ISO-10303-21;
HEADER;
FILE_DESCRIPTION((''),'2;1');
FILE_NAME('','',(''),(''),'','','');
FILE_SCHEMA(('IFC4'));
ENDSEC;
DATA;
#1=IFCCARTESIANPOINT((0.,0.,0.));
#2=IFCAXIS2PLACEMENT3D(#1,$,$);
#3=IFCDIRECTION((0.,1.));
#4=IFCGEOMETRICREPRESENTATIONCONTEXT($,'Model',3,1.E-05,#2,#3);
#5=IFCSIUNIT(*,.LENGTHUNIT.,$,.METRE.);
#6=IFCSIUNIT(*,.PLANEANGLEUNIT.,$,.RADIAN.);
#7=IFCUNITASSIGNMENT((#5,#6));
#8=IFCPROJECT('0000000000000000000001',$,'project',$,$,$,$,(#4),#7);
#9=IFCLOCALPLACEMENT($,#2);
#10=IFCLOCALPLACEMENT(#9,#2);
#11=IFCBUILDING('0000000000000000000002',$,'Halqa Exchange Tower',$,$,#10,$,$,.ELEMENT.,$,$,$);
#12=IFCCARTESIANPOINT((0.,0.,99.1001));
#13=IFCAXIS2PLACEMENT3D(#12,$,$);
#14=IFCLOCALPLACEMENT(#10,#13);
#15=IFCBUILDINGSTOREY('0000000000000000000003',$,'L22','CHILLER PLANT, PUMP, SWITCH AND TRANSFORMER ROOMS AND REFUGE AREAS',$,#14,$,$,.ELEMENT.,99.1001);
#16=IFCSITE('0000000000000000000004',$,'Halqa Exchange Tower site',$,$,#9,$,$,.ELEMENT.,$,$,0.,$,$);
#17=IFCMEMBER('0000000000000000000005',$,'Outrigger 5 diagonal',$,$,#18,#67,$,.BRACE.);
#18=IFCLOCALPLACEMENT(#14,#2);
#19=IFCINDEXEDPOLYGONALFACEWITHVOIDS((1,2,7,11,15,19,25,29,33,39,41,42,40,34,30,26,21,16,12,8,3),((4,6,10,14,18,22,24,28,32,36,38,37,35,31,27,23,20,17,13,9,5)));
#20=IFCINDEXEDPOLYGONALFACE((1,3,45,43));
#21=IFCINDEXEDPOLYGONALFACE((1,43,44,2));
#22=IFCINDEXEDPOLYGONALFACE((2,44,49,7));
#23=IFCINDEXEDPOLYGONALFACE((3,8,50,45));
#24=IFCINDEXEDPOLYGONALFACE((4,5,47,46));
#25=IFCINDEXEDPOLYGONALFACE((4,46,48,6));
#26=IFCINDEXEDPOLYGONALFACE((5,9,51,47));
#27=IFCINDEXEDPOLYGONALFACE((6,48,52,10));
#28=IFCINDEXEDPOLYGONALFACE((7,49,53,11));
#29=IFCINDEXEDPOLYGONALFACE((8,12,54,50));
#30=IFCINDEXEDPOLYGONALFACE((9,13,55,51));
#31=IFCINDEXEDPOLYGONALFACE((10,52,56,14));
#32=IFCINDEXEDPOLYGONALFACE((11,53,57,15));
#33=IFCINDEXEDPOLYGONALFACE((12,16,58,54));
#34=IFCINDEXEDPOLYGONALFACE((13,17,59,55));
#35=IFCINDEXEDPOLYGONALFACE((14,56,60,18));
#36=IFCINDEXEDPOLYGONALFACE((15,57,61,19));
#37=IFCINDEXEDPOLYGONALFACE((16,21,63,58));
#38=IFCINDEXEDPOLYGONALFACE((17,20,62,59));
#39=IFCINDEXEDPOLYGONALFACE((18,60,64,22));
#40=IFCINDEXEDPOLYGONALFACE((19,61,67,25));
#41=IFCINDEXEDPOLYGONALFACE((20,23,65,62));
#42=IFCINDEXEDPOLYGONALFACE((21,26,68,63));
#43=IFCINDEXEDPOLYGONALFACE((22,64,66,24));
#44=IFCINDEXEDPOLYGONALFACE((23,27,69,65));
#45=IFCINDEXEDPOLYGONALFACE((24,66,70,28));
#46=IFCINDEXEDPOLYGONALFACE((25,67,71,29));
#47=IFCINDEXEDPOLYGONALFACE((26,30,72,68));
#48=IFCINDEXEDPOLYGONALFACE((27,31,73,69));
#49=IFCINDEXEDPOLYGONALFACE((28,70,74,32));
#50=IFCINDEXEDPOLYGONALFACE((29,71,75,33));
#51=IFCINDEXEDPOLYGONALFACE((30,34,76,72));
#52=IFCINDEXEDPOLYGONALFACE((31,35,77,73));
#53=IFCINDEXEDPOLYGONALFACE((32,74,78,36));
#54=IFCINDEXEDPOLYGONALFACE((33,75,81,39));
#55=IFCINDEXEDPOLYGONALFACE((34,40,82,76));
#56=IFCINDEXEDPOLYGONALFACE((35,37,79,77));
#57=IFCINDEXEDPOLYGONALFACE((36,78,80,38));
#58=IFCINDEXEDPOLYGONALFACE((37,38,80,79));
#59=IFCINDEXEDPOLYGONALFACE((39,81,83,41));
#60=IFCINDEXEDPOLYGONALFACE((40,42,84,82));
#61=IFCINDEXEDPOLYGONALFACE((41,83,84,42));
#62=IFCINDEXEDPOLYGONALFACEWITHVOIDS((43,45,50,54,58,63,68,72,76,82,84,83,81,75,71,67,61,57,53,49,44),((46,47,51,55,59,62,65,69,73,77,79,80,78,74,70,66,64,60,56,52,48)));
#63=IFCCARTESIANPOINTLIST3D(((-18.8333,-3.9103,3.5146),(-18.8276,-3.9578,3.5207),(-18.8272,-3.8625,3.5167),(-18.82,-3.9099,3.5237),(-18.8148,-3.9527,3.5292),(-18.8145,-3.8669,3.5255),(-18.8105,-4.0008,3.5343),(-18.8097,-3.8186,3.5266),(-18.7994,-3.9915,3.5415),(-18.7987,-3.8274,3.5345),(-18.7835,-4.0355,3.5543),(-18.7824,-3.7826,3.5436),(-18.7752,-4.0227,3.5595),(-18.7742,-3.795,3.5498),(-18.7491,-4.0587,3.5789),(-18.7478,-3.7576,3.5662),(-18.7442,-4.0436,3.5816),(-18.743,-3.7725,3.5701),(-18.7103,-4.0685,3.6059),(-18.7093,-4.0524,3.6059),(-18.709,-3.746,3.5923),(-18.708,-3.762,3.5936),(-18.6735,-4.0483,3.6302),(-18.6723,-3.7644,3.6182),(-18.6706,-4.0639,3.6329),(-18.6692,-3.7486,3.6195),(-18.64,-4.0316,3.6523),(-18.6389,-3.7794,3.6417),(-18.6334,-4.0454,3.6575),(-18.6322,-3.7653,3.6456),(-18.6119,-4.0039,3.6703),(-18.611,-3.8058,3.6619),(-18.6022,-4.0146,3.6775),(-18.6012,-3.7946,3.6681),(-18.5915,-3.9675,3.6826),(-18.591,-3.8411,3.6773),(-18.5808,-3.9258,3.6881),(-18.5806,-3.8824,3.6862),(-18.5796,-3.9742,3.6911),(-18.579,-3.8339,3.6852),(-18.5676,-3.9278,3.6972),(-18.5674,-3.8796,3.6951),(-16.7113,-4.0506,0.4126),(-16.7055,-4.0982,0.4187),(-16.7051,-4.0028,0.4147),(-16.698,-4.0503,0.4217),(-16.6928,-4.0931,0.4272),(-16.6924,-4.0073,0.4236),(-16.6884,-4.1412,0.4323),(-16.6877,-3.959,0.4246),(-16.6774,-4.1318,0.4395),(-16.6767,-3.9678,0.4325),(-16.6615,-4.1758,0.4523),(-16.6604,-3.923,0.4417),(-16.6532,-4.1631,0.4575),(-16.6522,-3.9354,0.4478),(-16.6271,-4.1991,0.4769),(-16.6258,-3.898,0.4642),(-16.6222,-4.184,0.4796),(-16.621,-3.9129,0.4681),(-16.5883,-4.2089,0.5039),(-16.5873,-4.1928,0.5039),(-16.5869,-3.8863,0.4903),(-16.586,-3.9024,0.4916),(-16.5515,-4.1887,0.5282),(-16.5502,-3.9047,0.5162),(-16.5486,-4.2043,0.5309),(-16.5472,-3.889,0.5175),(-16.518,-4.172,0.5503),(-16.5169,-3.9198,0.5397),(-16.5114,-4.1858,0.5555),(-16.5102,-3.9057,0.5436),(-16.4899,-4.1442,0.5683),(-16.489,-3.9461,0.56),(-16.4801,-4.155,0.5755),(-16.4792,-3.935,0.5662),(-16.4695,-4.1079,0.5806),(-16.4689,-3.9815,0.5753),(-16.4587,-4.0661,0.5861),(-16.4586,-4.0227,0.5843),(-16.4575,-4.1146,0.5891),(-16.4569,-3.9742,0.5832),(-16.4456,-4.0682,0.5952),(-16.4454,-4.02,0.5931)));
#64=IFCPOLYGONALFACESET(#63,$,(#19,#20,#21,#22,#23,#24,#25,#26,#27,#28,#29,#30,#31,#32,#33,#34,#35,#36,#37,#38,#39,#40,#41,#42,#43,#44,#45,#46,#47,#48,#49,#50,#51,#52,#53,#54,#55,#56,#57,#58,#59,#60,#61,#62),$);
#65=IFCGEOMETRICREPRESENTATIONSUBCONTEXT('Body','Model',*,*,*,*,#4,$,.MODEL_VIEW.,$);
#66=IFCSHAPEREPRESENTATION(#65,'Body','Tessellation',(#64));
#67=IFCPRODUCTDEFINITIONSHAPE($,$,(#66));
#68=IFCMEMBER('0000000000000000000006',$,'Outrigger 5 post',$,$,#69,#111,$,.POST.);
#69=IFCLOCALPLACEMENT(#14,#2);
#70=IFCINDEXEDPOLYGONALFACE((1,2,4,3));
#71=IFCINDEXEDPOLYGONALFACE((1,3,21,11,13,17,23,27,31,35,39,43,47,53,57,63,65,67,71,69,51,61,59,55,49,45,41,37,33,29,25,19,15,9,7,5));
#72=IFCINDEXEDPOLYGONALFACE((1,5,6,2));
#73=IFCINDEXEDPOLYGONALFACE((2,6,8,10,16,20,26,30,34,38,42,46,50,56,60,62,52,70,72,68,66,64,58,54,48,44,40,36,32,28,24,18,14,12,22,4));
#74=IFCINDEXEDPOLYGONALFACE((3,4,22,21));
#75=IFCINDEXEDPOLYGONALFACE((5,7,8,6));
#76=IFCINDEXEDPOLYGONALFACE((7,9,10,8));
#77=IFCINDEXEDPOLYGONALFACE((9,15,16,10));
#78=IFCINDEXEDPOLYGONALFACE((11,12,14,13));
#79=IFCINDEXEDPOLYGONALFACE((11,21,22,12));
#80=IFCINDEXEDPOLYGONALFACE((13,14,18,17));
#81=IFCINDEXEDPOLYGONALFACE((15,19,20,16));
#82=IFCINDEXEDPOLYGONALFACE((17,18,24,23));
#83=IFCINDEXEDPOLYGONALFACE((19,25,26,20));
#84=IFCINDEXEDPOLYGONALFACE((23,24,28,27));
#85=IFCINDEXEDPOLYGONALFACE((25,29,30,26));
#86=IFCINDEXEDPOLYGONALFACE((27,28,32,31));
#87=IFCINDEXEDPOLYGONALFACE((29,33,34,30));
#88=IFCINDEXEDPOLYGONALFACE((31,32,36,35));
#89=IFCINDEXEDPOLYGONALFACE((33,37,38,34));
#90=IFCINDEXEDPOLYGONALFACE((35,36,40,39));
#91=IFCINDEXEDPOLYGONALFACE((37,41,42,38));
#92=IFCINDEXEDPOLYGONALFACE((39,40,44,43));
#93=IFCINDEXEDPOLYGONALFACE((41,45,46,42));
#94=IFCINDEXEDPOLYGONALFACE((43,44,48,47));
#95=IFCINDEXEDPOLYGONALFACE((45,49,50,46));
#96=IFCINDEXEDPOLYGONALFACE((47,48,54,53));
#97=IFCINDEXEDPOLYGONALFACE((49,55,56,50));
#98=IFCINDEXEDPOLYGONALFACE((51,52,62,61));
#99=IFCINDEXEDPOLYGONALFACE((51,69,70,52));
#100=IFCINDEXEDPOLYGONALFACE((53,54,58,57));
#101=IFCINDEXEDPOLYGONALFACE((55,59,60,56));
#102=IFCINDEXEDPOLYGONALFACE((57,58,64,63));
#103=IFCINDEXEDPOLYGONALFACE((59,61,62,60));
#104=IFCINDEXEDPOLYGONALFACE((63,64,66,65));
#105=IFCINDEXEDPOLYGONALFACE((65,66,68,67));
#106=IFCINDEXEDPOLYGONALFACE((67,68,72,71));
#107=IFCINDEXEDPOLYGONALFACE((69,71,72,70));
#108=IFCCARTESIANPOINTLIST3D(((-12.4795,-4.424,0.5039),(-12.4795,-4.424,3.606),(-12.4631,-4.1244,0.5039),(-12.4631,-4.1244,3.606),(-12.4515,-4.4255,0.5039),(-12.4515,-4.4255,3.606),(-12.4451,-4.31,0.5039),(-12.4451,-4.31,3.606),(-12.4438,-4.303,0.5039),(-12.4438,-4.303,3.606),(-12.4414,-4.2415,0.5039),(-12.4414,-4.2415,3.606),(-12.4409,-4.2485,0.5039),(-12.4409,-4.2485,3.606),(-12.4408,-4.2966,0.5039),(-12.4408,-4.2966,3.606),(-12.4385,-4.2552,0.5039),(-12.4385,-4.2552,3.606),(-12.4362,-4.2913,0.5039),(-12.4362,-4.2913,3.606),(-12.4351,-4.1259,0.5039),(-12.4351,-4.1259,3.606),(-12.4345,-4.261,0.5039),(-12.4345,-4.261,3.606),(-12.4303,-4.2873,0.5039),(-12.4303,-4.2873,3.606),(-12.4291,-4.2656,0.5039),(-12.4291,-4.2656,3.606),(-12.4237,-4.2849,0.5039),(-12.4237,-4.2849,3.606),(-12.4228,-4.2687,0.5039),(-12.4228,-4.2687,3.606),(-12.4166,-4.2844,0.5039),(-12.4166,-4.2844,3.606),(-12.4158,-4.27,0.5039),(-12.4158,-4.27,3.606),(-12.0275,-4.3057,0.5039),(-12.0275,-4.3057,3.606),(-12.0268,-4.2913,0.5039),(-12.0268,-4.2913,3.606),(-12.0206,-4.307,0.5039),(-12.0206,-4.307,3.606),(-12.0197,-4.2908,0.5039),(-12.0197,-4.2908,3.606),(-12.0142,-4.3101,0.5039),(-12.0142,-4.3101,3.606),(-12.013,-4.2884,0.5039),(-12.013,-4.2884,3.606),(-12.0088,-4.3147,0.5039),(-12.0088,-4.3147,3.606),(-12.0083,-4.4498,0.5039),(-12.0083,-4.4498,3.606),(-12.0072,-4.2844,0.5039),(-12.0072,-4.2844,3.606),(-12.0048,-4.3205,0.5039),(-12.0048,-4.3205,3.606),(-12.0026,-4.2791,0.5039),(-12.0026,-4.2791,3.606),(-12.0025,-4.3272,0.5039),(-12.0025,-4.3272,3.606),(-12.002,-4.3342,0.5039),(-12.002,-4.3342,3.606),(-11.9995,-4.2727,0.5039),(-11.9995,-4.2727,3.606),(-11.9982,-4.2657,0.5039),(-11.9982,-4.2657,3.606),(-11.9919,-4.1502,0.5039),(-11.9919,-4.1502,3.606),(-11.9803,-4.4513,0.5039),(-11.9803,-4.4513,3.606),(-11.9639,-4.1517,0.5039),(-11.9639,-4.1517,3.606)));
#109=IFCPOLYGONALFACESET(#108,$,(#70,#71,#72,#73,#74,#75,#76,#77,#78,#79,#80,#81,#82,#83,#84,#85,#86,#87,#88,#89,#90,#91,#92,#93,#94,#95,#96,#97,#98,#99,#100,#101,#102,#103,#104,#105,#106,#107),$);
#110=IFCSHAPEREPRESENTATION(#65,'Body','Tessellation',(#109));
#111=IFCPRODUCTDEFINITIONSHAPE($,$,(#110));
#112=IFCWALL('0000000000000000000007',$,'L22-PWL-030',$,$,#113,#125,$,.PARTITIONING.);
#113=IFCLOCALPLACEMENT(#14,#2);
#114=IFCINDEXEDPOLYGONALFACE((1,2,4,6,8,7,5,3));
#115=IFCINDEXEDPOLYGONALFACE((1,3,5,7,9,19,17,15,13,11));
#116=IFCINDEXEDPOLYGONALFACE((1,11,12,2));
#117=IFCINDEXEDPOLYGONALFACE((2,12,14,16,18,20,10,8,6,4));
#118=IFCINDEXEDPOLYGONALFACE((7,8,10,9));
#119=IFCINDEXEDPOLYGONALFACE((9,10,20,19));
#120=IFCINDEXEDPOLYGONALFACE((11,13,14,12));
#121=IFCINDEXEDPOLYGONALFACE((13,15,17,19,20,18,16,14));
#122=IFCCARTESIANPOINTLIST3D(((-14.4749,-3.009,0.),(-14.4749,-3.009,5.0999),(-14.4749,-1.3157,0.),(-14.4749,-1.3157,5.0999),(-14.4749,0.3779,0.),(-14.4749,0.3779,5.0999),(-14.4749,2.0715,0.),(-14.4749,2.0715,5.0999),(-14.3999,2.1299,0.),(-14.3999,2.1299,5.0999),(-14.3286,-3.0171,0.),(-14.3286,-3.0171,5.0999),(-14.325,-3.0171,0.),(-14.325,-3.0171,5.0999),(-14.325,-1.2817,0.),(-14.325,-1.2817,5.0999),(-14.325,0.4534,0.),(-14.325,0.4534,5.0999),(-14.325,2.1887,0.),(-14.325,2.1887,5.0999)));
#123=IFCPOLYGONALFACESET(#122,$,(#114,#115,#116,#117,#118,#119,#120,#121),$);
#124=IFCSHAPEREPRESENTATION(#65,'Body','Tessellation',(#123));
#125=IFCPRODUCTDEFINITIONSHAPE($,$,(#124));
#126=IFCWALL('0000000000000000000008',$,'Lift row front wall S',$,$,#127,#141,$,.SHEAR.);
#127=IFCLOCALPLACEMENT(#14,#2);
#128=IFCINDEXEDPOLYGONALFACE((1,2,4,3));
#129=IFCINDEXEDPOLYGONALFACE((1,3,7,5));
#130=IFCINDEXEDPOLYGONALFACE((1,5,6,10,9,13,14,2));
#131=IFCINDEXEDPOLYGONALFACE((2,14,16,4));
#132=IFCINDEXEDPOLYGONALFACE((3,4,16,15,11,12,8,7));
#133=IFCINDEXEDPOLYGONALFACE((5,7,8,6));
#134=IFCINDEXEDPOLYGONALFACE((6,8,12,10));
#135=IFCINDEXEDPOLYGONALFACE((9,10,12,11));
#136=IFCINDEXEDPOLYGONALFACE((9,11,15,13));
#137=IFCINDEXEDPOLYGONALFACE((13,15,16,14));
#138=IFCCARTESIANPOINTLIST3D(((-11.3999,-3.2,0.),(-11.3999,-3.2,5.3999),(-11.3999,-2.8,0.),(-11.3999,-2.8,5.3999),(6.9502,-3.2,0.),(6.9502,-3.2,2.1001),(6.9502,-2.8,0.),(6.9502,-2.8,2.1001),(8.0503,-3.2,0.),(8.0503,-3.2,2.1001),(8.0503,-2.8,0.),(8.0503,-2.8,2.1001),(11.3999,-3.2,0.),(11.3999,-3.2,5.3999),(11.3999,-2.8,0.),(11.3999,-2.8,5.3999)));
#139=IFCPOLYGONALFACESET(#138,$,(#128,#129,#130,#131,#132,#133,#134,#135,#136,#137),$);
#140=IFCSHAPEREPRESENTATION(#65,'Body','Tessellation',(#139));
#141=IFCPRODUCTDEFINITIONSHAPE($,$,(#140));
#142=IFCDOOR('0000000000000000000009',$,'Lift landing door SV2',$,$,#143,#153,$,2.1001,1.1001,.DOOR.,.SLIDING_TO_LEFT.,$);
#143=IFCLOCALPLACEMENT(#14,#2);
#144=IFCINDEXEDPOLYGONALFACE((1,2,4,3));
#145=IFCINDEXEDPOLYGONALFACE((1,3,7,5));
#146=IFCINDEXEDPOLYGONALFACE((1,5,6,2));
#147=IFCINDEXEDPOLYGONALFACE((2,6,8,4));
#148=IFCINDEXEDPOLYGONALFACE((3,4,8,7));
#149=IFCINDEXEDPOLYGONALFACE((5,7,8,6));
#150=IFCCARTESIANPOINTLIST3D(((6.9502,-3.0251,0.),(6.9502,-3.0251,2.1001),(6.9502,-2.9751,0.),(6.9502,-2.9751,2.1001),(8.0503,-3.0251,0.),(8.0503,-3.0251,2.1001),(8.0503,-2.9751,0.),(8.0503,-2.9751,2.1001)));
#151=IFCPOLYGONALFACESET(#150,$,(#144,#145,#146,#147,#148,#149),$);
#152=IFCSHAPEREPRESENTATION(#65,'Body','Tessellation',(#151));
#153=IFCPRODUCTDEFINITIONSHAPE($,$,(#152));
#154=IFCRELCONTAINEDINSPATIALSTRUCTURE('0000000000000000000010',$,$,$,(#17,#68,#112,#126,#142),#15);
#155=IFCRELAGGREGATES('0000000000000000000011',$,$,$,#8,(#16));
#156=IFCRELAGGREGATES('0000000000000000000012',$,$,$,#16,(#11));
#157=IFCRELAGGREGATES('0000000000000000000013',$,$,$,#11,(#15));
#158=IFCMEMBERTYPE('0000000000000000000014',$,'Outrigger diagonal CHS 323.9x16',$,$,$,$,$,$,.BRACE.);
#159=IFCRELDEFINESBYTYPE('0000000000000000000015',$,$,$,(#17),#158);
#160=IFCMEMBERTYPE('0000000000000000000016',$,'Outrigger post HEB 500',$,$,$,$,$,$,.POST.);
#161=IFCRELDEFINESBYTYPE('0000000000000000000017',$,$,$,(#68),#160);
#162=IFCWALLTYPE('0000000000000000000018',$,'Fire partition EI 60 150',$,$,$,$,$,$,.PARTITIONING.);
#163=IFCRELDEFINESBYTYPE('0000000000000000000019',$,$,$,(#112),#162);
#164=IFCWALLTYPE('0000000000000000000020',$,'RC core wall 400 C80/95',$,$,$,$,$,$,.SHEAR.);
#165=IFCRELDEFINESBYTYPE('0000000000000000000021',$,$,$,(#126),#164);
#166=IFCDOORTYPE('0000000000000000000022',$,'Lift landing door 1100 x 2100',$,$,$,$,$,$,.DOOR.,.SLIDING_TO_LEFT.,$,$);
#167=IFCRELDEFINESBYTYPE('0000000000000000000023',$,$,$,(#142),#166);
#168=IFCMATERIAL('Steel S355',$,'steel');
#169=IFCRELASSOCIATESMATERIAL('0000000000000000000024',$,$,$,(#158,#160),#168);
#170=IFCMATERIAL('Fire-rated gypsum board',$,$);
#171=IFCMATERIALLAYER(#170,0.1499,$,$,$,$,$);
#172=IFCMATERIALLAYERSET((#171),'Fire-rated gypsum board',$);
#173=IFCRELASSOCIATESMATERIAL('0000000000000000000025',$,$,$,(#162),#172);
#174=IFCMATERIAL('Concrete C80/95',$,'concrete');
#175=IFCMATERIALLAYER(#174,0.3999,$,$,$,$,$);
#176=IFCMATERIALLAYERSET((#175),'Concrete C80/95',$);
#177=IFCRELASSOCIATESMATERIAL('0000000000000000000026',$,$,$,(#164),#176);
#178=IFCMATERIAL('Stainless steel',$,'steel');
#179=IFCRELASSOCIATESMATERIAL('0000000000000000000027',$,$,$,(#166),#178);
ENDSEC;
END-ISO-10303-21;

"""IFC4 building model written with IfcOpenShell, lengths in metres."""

from ifc_helpers import new_model, si_unit, direction, frame, frame_2d, origin, origin_2d, place, context, subcontext, project, spatial, polyline, rectangle, hollow_circle, i_section, outline, extrude, material, layer, layer_set, material_profile, profile_set, type_object, element, fill, save


model = new_model("IFC4")

# Units and contexts
model_context = context("Model", 3, precision=1e-05, world=origin(), true_north=direction((0.0, 1.0)))
body_context = subcontext(model_context, "Body", "Model", "MODEL_VIEW")
ifc_project = project(units=[si_unit("LENGTHUNIT", "METRE"), si_unit("PLANEANGLEUNIT", "RADIAN")], contexts=[model_context])

# Site, building, storey
site_placement = place(None, origin())
site = spatial("IfcSite", under=ifc_project, at=site_placement, Name="Halqa Exchange Tower site", CompositionType="ELEMENT", RefElevation=0.0)
building_placement = place(site_placement, origin())
building = spatial("IfcBuilding", under=site, at=building_placement, Name="Halqa Exchange Tower", CompositionType="ELEMENT")
storey_placement = place(building_placement, frame((0.0, 0.0, 99.1001)))
storey = spatial("IfcBuildingStorey", under=building, at=storey_placement, Name="L22", Description="CHILLER PLANT, PUMP, SWITCH AND TRANSFORMER ROOMS AND REFUGE AREAS", CompositionType="ELEMENT", Elevation=99.1001)

# Shared definitions
ifc_material_1 = material(Name="Steel S355", Category="steel")

# Members
ifc_material_profile_1 = material_profile(ifc_material_1, hollow_circle(Radius=0.1619, WallThickness=0.0161, at=origin_2d()), Name="CHS 323.9x16")
ifc_profile_set_1 = profile_set([ifc_material_profile_1], Name="Steel S355")
member_type_1 = type_object("IfcMemberType", Name="Outrigger diagonal CHS 323.9x16", PredefinedType="BRACE", material=ifc_profile_set_1)
member_1_placement = place(storey_placement, frame((-16.5776, -4.0474, 0.5039), z_axis=(-0.564221, 0.037325, 0.82478), x_axis=(-0.066009, -0.997819, 0.0)))
element("IfcMember", 1, at=member_1_placement, inside=storey, type_object=member_type_1, Name="Outrigger 5 diagonal", PredefinedType="BRACE", context=body_context, shape_type="SweptSolid", body=[
    extrude(hollow_circle(Radius=0.1619, WallThickness=0.0161, at=origin_2d()), origin(), (0.0, 0.0, 1.0), 3.761),
])
ifc_material_profile_2 = material_profile(ifc_material_1, i_section(OverallWidth=0.3, OverallDepth=0.5, WebThickness=0.0144, FlangeThickness=0.0281, FilletRadius=0.0271, at=origin_2d()), Name="HEB 500")
ifc_profile_set_2 = profile_set([ifc_material_profile_2], Name="Steel S355")
member_type_2 = type_object("IfcMemberType", Name="Outrigger post HEB 500", PredefinedType="POST", material=ifc_profile_set_2)
member_2_placement = place(storey_placement, frame((-12.2217, -4.2878, 0.5039), z_axis=(0.0, 0.0, 1.0), x_axis=(-0.054671, -0.998504, 0.0)))
element("IfcMember", 2, at=member_2_placement, inside=storey, type_object=member_type_2, Name="Outrigger 5 post", PredefinedType="POST", context=body_context, shape_type="SweptSolid", body=[
    extrude(i_section(OverallWidth=0.3, OverallDepth=0.5, WebThickness=0.0144, FlangeThickness=0.0281, FilletRadius=0.0271, at=origin_2d()), origin(), (0.0, 0.0, 1.0), 3.1021),
])

# Wall
ifc_material_2 = material(Name="Fire-rated gypsum board")
ifc_layer_1 = layer(ifc_material_2, 0.1499)
ifc_layer_set_1 = layer_set([ifc_layer_1], Name="Fire-rated gypsum board")
wall_type_1 = type_object("IfcWallType", Name="Fire partition EI 60 150", PredefinedType="PARTITIONING", material=ifc_layer_set_1)
wall_1_placement = place(storey_placement, frame((-14.3999, -3.0171, 0.0), z_axis=(0.0, 0.0, 1.0), x_axis=(0.0, 1.0, 0.0)))
element("IfcWall", 3, at=wall_1_placement, inside=storey, type_object=wall_type_1, Name="L22-PWL-030", PredefinedType="PARTITIONING", context=body_context, shape_type="SweptSolid", body=[
    extrude(outline(polyline([(0.0, -0.075), (1.7354, -0.075), (3.4705, -0.075), (5.2058, -0.075), (5.147, 0.0), (5.0886, 0.075), (3.395, 0.075), (1.7014, 0.075), (0.0081, 0.075), (0.0, -0.0713), (0.0, -0.075)])), origin(), (0.0, 0.0, 1.0), 5.0999),
])

# Wall, opening, door
ifc_material_3 = material(Name="Concrete C80/95", Category="concrete")
ifc_layer_2 = layer(ifc_material_3, 0.3999)
ifc_layer_set_2 = layer_set([ifc_layer_2], Name="Concrete C80/95")
wall_type_2 = type_object("IfcWallType", Name="RC core wall 400 C80/95", PredefinedType="SHEAR", material=ifc_layer_set_2)
wall_2_placement = place(storey_placement, frame((-11.3999, -3.0, 0.0), z_axis=(0.0, 0.0, 1.0), x_axis=(1.0, 0.0, 0.0)))
wall_2 = element("IfcWall", 4, at=wall_2_placement, inside=storey, type_object=wall_type_2, Name="Lift row front wall S", PredefinedType="SHEAR", context=body_context, shape_type="SweptSolid", body=[
    extrude(rectangle(XDim=22.7998, YDim=0.3999, at=frame_2d((11.3999, 0.0))), origin(), (0.0, 0.0, 1.0), 5.3999),
])
opening_1_placement = place(wall_2_placement, frame((18.3501, 0.0, 0.0)))
opening_1 = element("IfcOpeningElement", 5, at=opening_1_placement, cuts=wall_2, PredefinedType="OPENING", context=body_context, shape_type="SweptSolid", body=[
    extrude(rectangle(XDim=1.1001, YDim=2.1001, at=frame_2d((0.55, 1.05))), frame((0.0, 0.2119, 0.0), z_axis=(0.0, -1.0, 0.0), x_axis=(1.0, 0.0, 0.0)), (0.0, 0.0, 1.0), 0.4238),
])
ifc_material_4 = material(Name="Stainless steel", Category="steel")
door_type = type_object("IfcDoorType", Name="Lift landing door 1100 x 2100", OperationType="SLIDING_TO_LEFT", PredefinedType="DOOR", material=ifc_material_4)
door_1_placement = place(opening_1_placement, origin())
door_1 = element("IfcDoor", 6, at=door_1_placement, inside=storey, type_object=door_type, Name="Lift landing door SV2", OperationType="SLIDING_TO_LEFT", OverallHeight=2.1001, OverallWidth=1.1001, PredefinedType="DOOR", context=body_context, shape_type="SweptSolid", body=[
    extrude(rectangle(XDim=1.1001, YDim=2.1001, at=frame_2d((0.55, 1.05))), frame((0.0, 0.0249, 0.0), z_axis=(0.0, -1.0, 0.0), x_axis=(1.0, 0.0, 0.0)), (0.0, 0.0, 1.0), 0.05),
])
fill(opening_1, door_1)

save(model, "model.ifc")
